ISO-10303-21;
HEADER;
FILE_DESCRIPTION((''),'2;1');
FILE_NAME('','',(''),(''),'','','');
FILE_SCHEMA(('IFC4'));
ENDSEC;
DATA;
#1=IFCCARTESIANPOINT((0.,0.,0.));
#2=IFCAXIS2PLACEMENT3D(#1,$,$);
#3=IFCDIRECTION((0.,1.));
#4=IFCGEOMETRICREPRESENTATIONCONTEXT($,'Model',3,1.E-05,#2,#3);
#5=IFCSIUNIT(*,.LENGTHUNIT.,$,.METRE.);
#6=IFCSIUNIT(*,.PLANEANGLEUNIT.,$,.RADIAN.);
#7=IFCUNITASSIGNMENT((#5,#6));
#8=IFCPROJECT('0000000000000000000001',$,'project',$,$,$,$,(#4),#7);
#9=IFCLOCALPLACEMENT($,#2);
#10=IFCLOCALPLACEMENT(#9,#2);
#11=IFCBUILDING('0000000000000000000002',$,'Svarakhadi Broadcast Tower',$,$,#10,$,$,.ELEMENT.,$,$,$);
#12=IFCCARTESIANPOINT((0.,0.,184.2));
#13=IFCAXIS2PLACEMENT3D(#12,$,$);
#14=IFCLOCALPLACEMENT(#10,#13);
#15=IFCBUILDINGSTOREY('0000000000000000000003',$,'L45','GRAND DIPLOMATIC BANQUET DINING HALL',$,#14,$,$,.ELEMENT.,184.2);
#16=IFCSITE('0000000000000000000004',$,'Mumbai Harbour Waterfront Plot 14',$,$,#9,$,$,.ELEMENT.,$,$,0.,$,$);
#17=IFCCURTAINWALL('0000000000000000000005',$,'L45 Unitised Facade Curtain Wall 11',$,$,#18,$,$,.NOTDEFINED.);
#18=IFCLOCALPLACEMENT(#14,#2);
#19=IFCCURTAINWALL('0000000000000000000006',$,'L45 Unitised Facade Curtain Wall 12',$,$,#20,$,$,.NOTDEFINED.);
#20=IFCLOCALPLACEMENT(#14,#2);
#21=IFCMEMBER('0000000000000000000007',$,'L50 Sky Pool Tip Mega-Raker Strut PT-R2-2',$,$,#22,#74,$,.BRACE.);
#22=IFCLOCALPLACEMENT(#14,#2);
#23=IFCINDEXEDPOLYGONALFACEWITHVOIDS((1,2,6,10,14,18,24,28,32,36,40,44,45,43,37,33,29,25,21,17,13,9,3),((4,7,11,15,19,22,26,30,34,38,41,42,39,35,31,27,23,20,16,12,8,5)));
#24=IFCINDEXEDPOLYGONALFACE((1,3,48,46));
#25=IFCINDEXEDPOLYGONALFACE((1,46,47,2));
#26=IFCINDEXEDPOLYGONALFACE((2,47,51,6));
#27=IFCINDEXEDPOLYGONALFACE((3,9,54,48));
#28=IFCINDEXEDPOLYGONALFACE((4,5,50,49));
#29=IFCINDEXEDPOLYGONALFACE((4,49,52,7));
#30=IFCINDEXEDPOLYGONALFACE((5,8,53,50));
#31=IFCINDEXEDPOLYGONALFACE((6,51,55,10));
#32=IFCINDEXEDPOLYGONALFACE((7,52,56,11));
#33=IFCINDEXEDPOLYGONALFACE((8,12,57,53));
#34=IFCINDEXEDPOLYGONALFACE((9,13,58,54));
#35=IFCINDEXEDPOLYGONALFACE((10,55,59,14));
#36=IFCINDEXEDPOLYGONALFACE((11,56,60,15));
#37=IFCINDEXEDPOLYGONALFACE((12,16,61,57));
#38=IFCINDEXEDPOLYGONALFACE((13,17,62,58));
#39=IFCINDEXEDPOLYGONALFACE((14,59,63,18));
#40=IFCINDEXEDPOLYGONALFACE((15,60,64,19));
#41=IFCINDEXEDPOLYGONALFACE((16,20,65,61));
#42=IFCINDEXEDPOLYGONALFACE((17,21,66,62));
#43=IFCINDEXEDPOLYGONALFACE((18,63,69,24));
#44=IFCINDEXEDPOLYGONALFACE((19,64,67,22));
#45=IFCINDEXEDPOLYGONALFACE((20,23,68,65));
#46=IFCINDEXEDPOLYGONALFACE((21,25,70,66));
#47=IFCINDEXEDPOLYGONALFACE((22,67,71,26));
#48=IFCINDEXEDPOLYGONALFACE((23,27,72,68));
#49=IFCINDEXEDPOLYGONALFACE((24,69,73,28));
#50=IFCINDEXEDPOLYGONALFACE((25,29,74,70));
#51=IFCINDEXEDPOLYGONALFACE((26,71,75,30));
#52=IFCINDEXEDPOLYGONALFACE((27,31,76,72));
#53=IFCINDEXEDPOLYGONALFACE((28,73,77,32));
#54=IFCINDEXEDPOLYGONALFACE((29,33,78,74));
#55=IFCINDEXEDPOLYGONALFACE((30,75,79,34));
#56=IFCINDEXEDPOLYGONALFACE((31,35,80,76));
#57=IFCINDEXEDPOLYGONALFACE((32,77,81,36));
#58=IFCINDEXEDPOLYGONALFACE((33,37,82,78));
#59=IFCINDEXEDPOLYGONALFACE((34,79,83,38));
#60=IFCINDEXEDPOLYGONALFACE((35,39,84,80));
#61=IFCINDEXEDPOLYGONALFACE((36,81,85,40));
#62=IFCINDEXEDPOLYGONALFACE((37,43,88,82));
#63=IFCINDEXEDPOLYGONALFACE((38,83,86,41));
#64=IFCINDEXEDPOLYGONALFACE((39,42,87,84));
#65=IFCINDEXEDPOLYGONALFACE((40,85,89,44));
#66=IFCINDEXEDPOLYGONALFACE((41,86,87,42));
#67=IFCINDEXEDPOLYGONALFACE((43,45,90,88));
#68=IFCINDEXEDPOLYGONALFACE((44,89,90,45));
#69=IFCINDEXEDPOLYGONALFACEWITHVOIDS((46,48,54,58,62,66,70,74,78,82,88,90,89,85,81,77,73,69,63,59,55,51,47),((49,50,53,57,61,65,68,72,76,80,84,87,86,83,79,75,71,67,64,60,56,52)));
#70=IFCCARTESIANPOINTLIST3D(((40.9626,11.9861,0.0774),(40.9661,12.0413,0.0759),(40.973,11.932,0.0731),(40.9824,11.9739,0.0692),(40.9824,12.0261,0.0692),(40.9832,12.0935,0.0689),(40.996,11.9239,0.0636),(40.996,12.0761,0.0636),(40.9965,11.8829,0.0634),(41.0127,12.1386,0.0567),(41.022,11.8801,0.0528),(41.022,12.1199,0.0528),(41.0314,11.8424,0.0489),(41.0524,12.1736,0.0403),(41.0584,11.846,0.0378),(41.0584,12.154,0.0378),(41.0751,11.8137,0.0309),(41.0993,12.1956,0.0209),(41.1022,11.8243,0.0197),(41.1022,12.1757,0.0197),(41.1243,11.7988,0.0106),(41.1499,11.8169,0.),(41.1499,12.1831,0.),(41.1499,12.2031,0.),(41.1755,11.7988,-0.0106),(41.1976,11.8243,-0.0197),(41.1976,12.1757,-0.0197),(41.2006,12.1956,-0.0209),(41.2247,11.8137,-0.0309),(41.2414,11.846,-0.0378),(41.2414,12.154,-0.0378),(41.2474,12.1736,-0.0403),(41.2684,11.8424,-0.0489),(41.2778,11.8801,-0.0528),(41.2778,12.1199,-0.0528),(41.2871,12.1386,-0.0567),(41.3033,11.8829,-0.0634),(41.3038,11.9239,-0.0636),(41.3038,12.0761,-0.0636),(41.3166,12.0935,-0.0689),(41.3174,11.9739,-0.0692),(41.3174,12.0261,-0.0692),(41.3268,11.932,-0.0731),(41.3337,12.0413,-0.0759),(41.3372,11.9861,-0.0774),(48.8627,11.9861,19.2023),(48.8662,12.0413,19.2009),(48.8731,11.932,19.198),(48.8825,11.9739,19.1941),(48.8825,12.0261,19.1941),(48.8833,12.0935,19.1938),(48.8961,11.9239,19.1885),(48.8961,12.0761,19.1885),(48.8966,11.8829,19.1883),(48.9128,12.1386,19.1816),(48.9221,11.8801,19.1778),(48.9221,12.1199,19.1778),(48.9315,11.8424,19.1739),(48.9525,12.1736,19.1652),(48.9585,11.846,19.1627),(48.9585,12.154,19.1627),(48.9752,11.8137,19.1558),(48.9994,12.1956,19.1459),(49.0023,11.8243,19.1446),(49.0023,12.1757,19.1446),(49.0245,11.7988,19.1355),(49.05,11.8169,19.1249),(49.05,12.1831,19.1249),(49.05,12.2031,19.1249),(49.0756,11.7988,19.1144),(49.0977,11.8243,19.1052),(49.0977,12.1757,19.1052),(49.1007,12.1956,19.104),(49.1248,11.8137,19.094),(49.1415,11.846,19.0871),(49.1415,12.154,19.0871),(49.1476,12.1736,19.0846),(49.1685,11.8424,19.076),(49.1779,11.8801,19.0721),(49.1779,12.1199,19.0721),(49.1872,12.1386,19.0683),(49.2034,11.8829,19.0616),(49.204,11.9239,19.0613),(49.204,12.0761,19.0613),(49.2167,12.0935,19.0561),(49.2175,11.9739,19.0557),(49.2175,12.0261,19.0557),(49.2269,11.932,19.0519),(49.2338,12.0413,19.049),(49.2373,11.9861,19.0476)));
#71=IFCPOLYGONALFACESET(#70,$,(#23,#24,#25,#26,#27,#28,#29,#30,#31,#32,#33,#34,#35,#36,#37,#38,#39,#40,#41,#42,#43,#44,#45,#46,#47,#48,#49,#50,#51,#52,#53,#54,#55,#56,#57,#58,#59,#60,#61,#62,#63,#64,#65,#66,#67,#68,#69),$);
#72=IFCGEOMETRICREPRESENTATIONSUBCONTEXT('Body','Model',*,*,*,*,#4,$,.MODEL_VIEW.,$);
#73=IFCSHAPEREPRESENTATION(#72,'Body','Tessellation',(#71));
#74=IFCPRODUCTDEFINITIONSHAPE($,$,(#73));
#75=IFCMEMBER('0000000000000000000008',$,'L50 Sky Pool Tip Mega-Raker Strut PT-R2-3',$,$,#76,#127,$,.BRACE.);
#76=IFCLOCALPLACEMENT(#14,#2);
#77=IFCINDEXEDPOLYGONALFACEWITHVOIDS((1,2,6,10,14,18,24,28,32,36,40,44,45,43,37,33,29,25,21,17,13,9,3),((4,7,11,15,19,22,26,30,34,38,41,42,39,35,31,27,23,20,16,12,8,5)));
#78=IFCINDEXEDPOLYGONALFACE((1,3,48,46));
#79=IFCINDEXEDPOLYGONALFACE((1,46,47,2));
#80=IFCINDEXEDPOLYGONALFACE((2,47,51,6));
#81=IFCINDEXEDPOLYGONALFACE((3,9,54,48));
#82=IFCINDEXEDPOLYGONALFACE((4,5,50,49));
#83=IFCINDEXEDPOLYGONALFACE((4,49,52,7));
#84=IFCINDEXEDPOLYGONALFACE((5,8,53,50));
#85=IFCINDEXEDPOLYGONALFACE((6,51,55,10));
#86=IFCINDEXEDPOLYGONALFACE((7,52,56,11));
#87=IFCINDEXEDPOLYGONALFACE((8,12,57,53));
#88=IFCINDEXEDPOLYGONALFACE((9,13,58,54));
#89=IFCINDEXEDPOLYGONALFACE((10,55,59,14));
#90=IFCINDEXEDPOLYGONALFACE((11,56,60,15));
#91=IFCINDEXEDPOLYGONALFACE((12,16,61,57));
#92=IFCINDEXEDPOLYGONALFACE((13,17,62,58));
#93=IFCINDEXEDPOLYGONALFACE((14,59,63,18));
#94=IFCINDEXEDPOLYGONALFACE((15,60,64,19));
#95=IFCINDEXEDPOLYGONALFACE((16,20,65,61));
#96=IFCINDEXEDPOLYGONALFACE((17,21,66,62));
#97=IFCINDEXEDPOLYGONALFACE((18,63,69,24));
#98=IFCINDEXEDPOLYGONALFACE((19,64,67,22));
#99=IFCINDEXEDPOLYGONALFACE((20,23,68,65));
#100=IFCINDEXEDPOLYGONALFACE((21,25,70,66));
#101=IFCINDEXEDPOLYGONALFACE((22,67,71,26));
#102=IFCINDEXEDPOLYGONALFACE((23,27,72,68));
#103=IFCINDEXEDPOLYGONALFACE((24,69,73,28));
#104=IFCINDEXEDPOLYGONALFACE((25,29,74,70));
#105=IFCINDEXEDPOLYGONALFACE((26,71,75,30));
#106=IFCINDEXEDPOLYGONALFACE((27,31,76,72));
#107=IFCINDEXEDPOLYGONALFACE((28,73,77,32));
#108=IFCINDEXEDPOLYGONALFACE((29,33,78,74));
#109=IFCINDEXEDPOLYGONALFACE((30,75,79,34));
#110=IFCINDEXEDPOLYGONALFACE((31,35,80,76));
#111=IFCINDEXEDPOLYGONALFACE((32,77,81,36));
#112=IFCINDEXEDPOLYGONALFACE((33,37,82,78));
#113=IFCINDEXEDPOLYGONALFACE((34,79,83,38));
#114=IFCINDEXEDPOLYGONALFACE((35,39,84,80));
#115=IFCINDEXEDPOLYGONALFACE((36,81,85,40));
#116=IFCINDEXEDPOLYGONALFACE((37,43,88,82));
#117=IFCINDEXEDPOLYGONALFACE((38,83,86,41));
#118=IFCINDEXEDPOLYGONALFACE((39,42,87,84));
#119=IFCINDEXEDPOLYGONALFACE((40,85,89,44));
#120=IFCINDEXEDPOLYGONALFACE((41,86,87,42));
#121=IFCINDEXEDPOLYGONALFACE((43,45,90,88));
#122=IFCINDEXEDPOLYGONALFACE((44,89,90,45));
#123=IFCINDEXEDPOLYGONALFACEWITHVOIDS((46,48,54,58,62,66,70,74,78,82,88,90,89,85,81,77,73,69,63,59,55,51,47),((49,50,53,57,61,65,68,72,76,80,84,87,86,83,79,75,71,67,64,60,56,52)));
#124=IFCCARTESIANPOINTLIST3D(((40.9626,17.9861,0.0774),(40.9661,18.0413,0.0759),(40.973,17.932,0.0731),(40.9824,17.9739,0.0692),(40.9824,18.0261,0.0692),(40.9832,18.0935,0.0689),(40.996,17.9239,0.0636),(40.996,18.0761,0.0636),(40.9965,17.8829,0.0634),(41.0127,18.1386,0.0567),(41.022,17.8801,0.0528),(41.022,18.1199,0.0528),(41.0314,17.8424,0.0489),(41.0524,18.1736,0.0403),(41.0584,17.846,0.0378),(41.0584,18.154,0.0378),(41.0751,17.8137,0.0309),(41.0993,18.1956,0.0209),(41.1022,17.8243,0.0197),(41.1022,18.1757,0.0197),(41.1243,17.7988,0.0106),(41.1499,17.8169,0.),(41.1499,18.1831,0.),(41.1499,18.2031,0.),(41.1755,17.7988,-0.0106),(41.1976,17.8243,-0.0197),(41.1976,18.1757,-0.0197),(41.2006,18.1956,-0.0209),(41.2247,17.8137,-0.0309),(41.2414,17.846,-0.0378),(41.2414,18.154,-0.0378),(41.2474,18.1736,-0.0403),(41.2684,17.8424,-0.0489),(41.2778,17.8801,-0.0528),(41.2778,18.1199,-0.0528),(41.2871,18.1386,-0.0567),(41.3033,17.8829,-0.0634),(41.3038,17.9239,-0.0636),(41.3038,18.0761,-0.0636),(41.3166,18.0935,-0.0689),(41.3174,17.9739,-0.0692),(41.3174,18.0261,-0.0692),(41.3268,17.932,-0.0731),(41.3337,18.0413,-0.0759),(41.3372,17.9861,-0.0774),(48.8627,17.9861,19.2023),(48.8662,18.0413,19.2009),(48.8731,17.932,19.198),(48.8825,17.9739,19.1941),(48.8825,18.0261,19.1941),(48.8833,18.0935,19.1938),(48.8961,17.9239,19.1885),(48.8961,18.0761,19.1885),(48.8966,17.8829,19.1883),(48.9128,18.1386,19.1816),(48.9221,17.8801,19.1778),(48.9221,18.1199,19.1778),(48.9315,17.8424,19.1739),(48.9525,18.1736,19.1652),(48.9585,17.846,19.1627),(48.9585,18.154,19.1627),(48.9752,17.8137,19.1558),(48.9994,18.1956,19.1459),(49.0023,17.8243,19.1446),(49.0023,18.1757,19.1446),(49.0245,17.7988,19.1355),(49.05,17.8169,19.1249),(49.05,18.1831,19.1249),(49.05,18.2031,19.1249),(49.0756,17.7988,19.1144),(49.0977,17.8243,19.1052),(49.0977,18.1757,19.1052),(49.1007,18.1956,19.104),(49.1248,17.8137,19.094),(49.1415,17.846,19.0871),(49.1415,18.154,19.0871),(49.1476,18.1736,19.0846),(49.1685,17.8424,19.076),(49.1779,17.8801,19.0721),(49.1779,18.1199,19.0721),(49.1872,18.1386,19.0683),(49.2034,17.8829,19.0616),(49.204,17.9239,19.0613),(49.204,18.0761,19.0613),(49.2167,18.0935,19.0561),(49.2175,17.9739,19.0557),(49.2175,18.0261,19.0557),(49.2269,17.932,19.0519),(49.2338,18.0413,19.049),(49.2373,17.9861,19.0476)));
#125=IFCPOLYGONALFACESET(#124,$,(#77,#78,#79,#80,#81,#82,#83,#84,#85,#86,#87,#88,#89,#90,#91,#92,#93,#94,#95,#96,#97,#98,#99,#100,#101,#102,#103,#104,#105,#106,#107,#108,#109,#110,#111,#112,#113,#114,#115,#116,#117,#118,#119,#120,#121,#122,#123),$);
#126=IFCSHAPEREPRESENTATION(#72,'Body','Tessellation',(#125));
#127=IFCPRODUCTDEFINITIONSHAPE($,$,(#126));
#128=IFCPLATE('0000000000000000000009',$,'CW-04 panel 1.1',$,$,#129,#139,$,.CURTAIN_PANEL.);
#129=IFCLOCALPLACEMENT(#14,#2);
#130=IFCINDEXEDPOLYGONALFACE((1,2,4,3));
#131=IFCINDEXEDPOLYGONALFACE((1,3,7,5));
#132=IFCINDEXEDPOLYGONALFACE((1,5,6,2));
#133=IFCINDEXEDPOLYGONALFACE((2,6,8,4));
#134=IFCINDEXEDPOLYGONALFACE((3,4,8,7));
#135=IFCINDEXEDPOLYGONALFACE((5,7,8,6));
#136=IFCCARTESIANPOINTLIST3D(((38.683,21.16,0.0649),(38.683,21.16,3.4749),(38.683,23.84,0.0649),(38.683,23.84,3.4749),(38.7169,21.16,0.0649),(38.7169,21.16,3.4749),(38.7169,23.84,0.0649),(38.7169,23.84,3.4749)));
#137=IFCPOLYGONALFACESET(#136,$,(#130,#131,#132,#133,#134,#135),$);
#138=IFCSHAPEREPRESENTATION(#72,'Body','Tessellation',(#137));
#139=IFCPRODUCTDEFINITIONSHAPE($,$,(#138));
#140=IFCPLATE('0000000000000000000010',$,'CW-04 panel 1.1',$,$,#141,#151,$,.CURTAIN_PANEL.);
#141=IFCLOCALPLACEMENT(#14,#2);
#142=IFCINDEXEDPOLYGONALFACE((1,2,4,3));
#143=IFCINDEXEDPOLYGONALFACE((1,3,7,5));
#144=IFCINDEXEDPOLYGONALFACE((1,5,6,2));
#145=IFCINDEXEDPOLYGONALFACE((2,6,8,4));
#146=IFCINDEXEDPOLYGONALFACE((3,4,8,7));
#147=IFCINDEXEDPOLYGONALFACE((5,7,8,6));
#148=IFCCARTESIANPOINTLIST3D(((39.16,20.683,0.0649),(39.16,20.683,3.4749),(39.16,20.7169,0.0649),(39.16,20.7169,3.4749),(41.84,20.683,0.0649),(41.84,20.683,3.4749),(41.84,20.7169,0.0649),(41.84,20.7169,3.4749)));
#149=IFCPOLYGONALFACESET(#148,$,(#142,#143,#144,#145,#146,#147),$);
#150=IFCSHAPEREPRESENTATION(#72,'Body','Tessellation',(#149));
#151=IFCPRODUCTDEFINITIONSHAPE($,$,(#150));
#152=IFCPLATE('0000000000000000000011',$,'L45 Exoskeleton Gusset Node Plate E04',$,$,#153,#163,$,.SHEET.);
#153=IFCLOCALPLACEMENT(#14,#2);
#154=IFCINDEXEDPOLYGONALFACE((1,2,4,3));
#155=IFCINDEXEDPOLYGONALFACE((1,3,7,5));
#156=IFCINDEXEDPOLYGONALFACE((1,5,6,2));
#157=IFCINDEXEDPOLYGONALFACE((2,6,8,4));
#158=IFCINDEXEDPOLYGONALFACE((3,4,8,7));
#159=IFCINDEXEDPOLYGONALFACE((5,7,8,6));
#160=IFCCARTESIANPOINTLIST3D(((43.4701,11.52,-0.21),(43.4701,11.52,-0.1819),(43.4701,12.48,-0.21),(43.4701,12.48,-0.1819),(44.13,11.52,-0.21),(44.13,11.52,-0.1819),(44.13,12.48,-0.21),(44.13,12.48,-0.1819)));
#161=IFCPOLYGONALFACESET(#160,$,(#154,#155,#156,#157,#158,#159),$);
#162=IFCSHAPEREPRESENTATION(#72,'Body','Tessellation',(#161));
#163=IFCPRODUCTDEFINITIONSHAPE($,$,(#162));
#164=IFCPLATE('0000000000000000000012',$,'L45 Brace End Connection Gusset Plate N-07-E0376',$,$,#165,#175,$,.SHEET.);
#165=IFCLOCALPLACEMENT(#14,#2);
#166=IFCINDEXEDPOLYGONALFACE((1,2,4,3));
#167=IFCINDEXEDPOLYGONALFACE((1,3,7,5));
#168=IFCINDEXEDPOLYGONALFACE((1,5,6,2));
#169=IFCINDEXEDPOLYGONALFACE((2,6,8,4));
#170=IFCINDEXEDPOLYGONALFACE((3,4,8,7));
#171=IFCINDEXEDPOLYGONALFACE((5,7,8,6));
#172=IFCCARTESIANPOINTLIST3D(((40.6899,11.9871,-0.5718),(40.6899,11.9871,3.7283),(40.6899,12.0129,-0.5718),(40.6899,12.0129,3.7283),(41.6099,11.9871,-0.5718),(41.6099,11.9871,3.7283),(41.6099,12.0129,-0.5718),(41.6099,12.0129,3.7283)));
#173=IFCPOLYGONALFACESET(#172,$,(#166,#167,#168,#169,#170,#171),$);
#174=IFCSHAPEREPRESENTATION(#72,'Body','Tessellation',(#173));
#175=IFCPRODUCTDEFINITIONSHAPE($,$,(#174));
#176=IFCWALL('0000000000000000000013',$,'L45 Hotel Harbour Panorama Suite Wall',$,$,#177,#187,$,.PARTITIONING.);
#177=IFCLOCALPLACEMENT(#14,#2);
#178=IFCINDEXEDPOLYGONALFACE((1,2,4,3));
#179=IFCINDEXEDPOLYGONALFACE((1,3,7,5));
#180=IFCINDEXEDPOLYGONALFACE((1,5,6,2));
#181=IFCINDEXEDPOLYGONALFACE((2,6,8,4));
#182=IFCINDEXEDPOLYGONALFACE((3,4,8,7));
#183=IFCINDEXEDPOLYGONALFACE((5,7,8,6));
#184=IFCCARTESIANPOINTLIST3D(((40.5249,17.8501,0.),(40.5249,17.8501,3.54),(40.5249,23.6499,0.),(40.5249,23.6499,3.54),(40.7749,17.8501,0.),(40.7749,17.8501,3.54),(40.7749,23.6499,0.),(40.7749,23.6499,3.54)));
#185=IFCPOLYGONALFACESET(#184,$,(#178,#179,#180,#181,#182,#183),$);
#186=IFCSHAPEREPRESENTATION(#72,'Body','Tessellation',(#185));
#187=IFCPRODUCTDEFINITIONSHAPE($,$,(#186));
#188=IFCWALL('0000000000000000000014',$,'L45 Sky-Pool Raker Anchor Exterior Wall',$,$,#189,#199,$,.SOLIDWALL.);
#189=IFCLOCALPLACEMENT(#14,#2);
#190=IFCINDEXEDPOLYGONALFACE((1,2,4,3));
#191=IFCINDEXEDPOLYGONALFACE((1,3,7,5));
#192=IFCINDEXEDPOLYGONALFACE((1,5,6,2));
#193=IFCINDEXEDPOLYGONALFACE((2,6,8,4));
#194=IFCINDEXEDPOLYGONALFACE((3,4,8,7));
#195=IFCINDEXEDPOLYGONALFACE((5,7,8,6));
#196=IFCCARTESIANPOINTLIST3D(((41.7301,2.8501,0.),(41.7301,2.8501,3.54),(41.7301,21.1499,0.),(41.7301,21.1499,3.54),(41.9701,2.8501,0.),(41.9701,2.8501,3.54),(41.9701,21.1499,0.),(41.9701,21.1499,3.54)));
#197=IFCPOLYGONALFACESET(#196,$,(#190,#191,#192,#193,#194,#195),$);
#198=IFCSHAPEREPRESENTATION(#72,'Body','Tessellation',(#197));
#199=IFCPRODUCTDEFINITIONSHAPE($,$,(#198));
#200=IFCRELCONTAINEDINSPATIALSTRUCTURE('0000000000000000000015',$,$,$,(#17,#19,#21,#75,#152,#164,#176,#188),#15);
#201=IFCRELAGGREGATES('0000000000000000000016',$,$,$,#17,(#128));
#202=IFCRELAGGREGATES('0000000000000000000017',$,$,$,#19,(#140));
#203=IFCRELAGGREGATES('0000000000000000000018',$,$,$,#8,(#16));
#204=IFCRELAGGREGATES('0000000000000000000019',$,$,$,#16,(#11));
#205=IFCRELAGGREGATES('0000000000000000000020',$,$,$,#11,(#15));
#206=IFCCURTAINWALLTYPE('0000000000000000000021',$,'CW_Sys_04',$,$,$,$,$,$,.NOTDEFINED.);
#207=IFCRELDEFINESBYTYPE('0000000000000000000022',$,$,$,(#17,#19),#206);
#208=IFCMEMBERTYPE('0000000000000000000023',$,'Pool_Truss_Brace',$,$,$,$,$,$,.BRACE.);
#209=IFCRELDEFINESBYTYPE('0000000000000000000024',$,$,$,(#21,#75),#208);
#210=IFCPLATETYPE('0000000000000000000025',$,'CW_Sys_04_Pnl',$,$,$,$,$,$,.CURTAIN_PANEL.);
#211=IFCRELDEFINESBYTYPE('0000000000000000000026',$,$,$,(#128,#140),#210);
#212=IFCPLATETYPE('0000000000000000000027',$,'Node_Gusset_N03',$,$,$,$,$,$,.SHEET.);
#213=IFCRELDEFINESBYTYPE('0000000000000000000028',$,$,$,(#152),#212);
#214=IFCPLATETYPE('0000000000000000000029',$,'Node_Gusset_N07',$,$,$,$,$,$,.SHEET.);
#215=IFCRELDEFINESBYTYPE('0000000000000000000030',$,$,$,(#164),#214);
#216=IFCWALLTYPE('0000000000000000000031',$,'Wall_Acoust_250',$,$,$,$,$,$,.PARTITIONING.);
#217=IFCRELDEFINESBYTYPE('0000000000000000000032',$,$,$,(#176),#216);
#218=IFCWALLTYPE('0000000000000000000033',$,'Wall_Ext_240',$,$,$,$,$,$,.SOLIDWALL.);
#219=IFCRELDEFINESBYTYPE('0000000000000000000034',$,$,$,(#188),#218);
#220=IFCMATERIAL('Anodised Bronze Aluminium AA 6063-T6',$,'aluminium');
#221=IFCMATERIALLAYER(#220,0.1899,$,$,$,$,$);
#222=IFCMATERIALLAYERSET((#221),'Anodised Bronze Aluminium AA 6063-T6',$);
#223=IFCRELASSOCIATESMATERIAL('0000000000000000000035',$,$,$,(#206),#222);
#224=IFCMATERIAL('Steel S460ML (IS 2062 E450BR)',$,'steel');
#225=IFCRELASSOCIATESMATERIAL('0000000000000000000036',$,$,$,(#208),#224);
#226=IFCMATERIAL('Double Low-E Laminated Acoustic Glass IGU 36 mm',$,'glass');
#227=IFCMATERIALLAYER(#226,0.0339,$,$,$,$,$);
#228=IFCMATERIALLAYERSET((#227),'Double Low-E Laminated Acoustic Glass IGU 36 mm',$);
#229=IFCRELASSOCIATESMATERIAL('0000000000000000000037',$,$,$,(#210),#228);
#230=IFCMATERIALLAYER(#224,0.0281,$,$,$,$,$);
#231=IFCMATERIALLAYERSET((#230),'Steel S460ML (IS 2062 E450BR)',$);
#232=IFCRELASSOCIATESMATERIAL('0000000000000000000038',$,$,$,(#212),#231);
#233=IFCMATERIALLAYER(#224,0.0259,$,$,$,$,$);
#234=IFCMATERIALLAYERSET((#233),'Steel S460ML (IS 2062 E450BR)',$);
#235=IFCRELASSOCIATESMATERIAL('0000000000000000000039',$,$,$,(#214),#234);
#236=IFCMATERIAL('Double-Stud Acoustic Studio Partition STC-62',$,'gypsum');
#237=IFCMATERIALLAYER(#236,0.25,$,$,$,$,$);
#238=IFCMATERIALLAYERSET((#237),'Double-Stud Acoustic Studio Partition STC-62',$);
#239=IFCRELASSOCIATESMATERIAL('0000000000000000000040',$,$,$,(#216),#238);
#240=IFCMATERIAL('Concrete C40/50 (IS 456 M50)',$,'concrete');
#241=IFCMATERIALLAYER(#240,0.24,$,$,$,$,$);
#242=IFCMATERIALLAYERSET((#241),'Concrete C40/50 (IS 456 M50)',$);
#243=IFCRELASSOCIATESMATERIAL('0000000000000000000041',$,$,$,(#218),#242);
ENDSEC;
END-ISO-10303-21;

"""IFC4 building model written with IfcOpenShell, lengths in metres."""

from ifc_helpers import new_model, si_unit, direction, frame, frame_2d, origin, origin_2d, place, context, subcontext, project, spatial, rectangle, hollow_circle, extrude, material, layer, layer_set, material_profile, profile_set, type_object, element, aggregate, save


model = new_model("IFC4")

# Units and contexts
model_context = context("Model", 3, precision=1e-05, world=origin(), true_north=direction((0.0, 1.0)))
body_context = subcontext(model_context, "Body", "Model", "MODEL_VIEW")
ifc_project = project(units=[si_unit("LENGTHUNIT", "METRE"), si_unit("PLANEANGLEUNIT", "RADIAN")], contexts=[model_context])

# Site, building, storey
site_placement = place(None, origin())
site = spatial("IfcSite", under=ifc_project, at=site_placement, Name="Mumbai Harbour Waterfront Plot 14", CompositionType="ELEMENT", RefElevation=0.0)
building_placement = place(site_placement, origin())
building = spatial("IfcBuilding", under=site, at=building_placement, Name="Svarakhadi Broadcast Tower", CompositionType="ELEMENT")
storey_placement = place(building_placement, frame((0.0, 0.0, 184.2)))
storey = spatial("IfcBuildingStorey", under=building, at=storey_placement, Name="L45", Description="GRAND DIPLOMATIC BANQUET DINING HALL", CompositionType="ELEMENT", Elevation=184.2)

# Shared definitions
ifc_material_1 = material(Name="Steel S460ML (IS 2062 E450BR)", Category="steel")

# Shared definitions
ifc_material_2 = material(Name="Anodised Bronze Aluminium AA 6063-T6", Category="aluminium")
ifc_layer_1 = layer(ifc_material_2, 0.1899)
ifc_layer_set_1 = layer_set([ifc_layer_1], Name="Anodised Bronze Aluminium AA 6063-T6")
curtain_wall_type = type_object("IfcCurtainWallType", Name="CW_Sys_04", PredefinedType="NOTDEFINED", material=ifc_layer_set_1)

# Curtain walls
curtain_wall_1_placement = place(storey_placement, origin())
curtain_wall_1 = element("IfcCurtainWall", 1, at=curtain_wall_1_placement, inside=storey, type_object=curtain_wall_type, Name="L45 Unitised Facade Curtain Wall 11", PredefinedType="NOTDEFINED")
curtain_wall_2_placement = place(storey_placement, origin())
curtain_wall_2 = element("IfcCurtainWall", 2, at=curtain_wall_2_placement, inside=storey, type_object=curtain_wall_type, Name="L45 Unitised Facade Curtain Wall 12", PredefinedType="NOTDEFINED")

# Members
ifc_material_profile_1 = material_profile(ifc_material_1, hollow_circle(Radius=0.2031, WallThickness=0.02, at=origin_2d()), Name="CHS 406.4x20")
ifc_profile_set_1 = profile_set([ifc_material_profile_1], Name="Steel S460ML (IS 2062 E450BR)")
member_type_1 = type_object("IfcMemberType", Name="Pool_Truss_Brace", PredefinedType="BRACE", material=ifc_profile_set_1)
for number, where, z_axis, x_axis, name in (
    (3, (41.1499, 12.0, 0.0), (0.381789, 0.0, 0.92425), (0.0, 1.0, 0.0), "L50 Sky Pool Tip Mega-Raker Strut PT-R2-2"),
    (4, (41.1499, 18.0, 0.0), (0.381789, 0.0, 0.92425), (0.0, 1.0, 0.0), "L50 Sky Pool Tip Mega-Raker Strut PT-R2-3"),
):
    element("IfcMember", number, at=place(storey_placement, frame(where, z_axis=z_axis, x_axis=x_axis)), inside=storey, type_object=member_type_1, Name=name, PredefinedType="BRACE", context=body_context, shape_type="SweptSolid", body=[
        extrude(hollow_circle(Radius=0.2031, WallThickness=0.02, at=origin_2d()), origin(), (0.0, 0.0, 1.0), 20.6924),
    ])

# Plates
ifc_material_3 = material(Name="Double Low-E Laminated Acoustic Glass IGU 36 mm", Category="glass")
ifc_layer_2 = layer(ifc_material_3, 0.0339)
ifc_layer_set_2 = layer_set([ifc_layer_2], Name="Double Low-E Laminated Acoustic Glass IGU 36 mm")
plate_type_1 = type_object("IfcPlateType", Name="CW_Sys_04_Pnl", PredefinedType="CURTAIN_PANEL", material=ifc_layer_set_2)
plate_1_placement = place(storey_placement, frame((38.7, 22.5, 0.0649), z_axis=(0.0, 0.0, 1.0), x_axis=(0.0, -1.0, 0.0)))
plate_1 = element("IfcPlate", 5, at=plate_1_placement, type_object=plate_type_1, Name="CW-04 panel 1.1", PredefinedType="CURTAIN_PANEL", context=body_context, shape_type="SweptSolid", body=[
    extrude(rectangle(XDim=2.6799, YDim=0.0339, at=origin_2d()), origin(), (0.0, 0.0, 1.0), 3.4099),
])
aggregate(curtain_wall_1, [plate_1])
plate_2_placement = place(storey_placement, frame((40.5, 20.7, 0.0649), z_axis=(0.0, 0.0, 1.0), x_axis=(1.0, 0.0, 0.0)))
plate_2 = element("IfcPlate", 6, at=plate_2_placement, type_object=plate_type_1, Name="CW-04 panel 1.1", PredefinedType="CURTAIN_PANEL", context=body_context, shape_type="SweptSolid", body=[
    extrude(rectangle(XDim=2.6799, YDim=0.0339, at=origin_2d()), origin(), (0.0, 0.0, 1.0), 3.4099),
])
aggregate(curtain_wall_2, [plate_2])

# Plates
ifc_layer_3 = layer(ifc_material_1, 0.0281)
ifc_layer_set_3 = layer_set([ifc_layer_3], Name="Steel S460ML (IS 2062 E450BR)")
plate_type_2 = type_object("IfcPlateType", Name="Node_Gusset_N03", PredefinedType="SHEET", material=ifc_layer_set_3)
plate_3_placement = place(storey_placement, frame((43.8, 12.0, -0.21), z_axis=(0.0, 0.0, 1.0), x_axis=(0.0, 1.0, 0.0)))
element("IfcPlate", 7, at=plate_3_placement, inside=storey, type_object=plate_type_2, Name="L45 Exoskeleton Gusset Node Plate E04", PredefinedType="SHEET", context=body_context, shape_type="SweptSolid", body=[
    extrude(rectangle(XDim=0.96, YDim=0.6599, at=origin_2d()), origin(), (0.0, 0.0, 1.0), 0.0281),
])
ifc_layer_4 = layer(ifc_material_1, 0.0259)
ifc_layer_set_4 = layer_set([ifc_layer_4], Name="Steel S460ML (IS 2062 E450BR)")
plate_type_3 = type_object("IfcPlateType", Name="Node_Gusset_N07", PredefinedType="SHEET", material=ifc_layer_set_4)
plate_4_placement = place(storey_placement, frame((41.1499, 12.0, -0.5718), z_axis=(0.0, 0.0, 1.0), x_axis=(1.0, 0.0, 0.0)))
element("IfcPlate", 8, at=plate_4_placement, inside=storey, type_object=plate_type_3, Name="L45 Brace End Connection Gusset Plate N-07-E0376", PredefinedType="SHEET", context=body_context, shape_type="SweptSolid", body=[
    extrude(rectangle(XDim=0.9199, YDim=0.0259, at=origin_2d()), origin(), (0.0, 0.0, 1.0), 4.3),
])

# Walls
ifc_material_4 = material(Name="Double-Stud Acoustic Studio Partition STC-62", Category="gypsum")
ifc_layer_5 = layer(ifc_material_4, 0.25)
ifc_layer_set_5 = layer_set([ifc_layer_5], Name="Double-Stud Acoustic Studio Partition STC-62")
wall_type_1 = type_object("IfcWallType", Name="Wall_Acoust_250", PredefinedType="PARTITIONING", material=ifc_layer_set_5)
wall_1_placement = place(storey_placement, frame((40.6499, 17.8501, 0.0), z_axis=(0.0, 0.0, 1.0), x_axis=(0.0, 1.0, 0.0)))
element("IfcWall", 9, at=wall_1_placement, inside=storey, type_object=wall_type_1, Name="L45 Hotel Harbour Panorama Suite Wall", PredefinedType="PARTITIONING", context=body_context, shape_type="SweptSolid", body=[
    extrude(rectangle(XDim=5.7998, YDim=0.25, at=frame_2d((2.8999, 0.0))), origin(), (0.0, 0.0, 1.0), 3.54),
])
ifc_material_5 = material(Name="Concrete C40/50 (IS 456 M50)", Category="concrete")
ifc_layer_6 = layer(ifc_material_5, 0.24)
ifc_layer_set_6 = layer_set([ifc_layer_6], Name="Concrete C40/50 (IS 456 M50)")
wall_type_2 = type_object("IfcWallType", Name="Wall_Ext_240", PredefinedType="SOLIDWALL", material=ifc_layer_set_6)
wall_2_placement = place(storey_placement, frame((41.8501, 21.1499, 0.0), z_axis=(0.0, 0.0, 1.0), x_axis=(0.0, -1.0, 0.0)))
element("IfcWall", 10, at=wall_2_placement, inside=storey, type_object=wall_type_2, Name="L45 Sky-Pool Raker Anchor Exterior Wall", PredefinedType="SOLIDWALL", context=body_context, shape_type="SweptSolid", body=[
    extrude(rectangle(XDim=18.2998, YDim=0.24, at=frame_2d((9.1499, 0.0))), origin(), (0.0, 0.0, 1.0), 3.54),
])

save(model, "model.ifc")
